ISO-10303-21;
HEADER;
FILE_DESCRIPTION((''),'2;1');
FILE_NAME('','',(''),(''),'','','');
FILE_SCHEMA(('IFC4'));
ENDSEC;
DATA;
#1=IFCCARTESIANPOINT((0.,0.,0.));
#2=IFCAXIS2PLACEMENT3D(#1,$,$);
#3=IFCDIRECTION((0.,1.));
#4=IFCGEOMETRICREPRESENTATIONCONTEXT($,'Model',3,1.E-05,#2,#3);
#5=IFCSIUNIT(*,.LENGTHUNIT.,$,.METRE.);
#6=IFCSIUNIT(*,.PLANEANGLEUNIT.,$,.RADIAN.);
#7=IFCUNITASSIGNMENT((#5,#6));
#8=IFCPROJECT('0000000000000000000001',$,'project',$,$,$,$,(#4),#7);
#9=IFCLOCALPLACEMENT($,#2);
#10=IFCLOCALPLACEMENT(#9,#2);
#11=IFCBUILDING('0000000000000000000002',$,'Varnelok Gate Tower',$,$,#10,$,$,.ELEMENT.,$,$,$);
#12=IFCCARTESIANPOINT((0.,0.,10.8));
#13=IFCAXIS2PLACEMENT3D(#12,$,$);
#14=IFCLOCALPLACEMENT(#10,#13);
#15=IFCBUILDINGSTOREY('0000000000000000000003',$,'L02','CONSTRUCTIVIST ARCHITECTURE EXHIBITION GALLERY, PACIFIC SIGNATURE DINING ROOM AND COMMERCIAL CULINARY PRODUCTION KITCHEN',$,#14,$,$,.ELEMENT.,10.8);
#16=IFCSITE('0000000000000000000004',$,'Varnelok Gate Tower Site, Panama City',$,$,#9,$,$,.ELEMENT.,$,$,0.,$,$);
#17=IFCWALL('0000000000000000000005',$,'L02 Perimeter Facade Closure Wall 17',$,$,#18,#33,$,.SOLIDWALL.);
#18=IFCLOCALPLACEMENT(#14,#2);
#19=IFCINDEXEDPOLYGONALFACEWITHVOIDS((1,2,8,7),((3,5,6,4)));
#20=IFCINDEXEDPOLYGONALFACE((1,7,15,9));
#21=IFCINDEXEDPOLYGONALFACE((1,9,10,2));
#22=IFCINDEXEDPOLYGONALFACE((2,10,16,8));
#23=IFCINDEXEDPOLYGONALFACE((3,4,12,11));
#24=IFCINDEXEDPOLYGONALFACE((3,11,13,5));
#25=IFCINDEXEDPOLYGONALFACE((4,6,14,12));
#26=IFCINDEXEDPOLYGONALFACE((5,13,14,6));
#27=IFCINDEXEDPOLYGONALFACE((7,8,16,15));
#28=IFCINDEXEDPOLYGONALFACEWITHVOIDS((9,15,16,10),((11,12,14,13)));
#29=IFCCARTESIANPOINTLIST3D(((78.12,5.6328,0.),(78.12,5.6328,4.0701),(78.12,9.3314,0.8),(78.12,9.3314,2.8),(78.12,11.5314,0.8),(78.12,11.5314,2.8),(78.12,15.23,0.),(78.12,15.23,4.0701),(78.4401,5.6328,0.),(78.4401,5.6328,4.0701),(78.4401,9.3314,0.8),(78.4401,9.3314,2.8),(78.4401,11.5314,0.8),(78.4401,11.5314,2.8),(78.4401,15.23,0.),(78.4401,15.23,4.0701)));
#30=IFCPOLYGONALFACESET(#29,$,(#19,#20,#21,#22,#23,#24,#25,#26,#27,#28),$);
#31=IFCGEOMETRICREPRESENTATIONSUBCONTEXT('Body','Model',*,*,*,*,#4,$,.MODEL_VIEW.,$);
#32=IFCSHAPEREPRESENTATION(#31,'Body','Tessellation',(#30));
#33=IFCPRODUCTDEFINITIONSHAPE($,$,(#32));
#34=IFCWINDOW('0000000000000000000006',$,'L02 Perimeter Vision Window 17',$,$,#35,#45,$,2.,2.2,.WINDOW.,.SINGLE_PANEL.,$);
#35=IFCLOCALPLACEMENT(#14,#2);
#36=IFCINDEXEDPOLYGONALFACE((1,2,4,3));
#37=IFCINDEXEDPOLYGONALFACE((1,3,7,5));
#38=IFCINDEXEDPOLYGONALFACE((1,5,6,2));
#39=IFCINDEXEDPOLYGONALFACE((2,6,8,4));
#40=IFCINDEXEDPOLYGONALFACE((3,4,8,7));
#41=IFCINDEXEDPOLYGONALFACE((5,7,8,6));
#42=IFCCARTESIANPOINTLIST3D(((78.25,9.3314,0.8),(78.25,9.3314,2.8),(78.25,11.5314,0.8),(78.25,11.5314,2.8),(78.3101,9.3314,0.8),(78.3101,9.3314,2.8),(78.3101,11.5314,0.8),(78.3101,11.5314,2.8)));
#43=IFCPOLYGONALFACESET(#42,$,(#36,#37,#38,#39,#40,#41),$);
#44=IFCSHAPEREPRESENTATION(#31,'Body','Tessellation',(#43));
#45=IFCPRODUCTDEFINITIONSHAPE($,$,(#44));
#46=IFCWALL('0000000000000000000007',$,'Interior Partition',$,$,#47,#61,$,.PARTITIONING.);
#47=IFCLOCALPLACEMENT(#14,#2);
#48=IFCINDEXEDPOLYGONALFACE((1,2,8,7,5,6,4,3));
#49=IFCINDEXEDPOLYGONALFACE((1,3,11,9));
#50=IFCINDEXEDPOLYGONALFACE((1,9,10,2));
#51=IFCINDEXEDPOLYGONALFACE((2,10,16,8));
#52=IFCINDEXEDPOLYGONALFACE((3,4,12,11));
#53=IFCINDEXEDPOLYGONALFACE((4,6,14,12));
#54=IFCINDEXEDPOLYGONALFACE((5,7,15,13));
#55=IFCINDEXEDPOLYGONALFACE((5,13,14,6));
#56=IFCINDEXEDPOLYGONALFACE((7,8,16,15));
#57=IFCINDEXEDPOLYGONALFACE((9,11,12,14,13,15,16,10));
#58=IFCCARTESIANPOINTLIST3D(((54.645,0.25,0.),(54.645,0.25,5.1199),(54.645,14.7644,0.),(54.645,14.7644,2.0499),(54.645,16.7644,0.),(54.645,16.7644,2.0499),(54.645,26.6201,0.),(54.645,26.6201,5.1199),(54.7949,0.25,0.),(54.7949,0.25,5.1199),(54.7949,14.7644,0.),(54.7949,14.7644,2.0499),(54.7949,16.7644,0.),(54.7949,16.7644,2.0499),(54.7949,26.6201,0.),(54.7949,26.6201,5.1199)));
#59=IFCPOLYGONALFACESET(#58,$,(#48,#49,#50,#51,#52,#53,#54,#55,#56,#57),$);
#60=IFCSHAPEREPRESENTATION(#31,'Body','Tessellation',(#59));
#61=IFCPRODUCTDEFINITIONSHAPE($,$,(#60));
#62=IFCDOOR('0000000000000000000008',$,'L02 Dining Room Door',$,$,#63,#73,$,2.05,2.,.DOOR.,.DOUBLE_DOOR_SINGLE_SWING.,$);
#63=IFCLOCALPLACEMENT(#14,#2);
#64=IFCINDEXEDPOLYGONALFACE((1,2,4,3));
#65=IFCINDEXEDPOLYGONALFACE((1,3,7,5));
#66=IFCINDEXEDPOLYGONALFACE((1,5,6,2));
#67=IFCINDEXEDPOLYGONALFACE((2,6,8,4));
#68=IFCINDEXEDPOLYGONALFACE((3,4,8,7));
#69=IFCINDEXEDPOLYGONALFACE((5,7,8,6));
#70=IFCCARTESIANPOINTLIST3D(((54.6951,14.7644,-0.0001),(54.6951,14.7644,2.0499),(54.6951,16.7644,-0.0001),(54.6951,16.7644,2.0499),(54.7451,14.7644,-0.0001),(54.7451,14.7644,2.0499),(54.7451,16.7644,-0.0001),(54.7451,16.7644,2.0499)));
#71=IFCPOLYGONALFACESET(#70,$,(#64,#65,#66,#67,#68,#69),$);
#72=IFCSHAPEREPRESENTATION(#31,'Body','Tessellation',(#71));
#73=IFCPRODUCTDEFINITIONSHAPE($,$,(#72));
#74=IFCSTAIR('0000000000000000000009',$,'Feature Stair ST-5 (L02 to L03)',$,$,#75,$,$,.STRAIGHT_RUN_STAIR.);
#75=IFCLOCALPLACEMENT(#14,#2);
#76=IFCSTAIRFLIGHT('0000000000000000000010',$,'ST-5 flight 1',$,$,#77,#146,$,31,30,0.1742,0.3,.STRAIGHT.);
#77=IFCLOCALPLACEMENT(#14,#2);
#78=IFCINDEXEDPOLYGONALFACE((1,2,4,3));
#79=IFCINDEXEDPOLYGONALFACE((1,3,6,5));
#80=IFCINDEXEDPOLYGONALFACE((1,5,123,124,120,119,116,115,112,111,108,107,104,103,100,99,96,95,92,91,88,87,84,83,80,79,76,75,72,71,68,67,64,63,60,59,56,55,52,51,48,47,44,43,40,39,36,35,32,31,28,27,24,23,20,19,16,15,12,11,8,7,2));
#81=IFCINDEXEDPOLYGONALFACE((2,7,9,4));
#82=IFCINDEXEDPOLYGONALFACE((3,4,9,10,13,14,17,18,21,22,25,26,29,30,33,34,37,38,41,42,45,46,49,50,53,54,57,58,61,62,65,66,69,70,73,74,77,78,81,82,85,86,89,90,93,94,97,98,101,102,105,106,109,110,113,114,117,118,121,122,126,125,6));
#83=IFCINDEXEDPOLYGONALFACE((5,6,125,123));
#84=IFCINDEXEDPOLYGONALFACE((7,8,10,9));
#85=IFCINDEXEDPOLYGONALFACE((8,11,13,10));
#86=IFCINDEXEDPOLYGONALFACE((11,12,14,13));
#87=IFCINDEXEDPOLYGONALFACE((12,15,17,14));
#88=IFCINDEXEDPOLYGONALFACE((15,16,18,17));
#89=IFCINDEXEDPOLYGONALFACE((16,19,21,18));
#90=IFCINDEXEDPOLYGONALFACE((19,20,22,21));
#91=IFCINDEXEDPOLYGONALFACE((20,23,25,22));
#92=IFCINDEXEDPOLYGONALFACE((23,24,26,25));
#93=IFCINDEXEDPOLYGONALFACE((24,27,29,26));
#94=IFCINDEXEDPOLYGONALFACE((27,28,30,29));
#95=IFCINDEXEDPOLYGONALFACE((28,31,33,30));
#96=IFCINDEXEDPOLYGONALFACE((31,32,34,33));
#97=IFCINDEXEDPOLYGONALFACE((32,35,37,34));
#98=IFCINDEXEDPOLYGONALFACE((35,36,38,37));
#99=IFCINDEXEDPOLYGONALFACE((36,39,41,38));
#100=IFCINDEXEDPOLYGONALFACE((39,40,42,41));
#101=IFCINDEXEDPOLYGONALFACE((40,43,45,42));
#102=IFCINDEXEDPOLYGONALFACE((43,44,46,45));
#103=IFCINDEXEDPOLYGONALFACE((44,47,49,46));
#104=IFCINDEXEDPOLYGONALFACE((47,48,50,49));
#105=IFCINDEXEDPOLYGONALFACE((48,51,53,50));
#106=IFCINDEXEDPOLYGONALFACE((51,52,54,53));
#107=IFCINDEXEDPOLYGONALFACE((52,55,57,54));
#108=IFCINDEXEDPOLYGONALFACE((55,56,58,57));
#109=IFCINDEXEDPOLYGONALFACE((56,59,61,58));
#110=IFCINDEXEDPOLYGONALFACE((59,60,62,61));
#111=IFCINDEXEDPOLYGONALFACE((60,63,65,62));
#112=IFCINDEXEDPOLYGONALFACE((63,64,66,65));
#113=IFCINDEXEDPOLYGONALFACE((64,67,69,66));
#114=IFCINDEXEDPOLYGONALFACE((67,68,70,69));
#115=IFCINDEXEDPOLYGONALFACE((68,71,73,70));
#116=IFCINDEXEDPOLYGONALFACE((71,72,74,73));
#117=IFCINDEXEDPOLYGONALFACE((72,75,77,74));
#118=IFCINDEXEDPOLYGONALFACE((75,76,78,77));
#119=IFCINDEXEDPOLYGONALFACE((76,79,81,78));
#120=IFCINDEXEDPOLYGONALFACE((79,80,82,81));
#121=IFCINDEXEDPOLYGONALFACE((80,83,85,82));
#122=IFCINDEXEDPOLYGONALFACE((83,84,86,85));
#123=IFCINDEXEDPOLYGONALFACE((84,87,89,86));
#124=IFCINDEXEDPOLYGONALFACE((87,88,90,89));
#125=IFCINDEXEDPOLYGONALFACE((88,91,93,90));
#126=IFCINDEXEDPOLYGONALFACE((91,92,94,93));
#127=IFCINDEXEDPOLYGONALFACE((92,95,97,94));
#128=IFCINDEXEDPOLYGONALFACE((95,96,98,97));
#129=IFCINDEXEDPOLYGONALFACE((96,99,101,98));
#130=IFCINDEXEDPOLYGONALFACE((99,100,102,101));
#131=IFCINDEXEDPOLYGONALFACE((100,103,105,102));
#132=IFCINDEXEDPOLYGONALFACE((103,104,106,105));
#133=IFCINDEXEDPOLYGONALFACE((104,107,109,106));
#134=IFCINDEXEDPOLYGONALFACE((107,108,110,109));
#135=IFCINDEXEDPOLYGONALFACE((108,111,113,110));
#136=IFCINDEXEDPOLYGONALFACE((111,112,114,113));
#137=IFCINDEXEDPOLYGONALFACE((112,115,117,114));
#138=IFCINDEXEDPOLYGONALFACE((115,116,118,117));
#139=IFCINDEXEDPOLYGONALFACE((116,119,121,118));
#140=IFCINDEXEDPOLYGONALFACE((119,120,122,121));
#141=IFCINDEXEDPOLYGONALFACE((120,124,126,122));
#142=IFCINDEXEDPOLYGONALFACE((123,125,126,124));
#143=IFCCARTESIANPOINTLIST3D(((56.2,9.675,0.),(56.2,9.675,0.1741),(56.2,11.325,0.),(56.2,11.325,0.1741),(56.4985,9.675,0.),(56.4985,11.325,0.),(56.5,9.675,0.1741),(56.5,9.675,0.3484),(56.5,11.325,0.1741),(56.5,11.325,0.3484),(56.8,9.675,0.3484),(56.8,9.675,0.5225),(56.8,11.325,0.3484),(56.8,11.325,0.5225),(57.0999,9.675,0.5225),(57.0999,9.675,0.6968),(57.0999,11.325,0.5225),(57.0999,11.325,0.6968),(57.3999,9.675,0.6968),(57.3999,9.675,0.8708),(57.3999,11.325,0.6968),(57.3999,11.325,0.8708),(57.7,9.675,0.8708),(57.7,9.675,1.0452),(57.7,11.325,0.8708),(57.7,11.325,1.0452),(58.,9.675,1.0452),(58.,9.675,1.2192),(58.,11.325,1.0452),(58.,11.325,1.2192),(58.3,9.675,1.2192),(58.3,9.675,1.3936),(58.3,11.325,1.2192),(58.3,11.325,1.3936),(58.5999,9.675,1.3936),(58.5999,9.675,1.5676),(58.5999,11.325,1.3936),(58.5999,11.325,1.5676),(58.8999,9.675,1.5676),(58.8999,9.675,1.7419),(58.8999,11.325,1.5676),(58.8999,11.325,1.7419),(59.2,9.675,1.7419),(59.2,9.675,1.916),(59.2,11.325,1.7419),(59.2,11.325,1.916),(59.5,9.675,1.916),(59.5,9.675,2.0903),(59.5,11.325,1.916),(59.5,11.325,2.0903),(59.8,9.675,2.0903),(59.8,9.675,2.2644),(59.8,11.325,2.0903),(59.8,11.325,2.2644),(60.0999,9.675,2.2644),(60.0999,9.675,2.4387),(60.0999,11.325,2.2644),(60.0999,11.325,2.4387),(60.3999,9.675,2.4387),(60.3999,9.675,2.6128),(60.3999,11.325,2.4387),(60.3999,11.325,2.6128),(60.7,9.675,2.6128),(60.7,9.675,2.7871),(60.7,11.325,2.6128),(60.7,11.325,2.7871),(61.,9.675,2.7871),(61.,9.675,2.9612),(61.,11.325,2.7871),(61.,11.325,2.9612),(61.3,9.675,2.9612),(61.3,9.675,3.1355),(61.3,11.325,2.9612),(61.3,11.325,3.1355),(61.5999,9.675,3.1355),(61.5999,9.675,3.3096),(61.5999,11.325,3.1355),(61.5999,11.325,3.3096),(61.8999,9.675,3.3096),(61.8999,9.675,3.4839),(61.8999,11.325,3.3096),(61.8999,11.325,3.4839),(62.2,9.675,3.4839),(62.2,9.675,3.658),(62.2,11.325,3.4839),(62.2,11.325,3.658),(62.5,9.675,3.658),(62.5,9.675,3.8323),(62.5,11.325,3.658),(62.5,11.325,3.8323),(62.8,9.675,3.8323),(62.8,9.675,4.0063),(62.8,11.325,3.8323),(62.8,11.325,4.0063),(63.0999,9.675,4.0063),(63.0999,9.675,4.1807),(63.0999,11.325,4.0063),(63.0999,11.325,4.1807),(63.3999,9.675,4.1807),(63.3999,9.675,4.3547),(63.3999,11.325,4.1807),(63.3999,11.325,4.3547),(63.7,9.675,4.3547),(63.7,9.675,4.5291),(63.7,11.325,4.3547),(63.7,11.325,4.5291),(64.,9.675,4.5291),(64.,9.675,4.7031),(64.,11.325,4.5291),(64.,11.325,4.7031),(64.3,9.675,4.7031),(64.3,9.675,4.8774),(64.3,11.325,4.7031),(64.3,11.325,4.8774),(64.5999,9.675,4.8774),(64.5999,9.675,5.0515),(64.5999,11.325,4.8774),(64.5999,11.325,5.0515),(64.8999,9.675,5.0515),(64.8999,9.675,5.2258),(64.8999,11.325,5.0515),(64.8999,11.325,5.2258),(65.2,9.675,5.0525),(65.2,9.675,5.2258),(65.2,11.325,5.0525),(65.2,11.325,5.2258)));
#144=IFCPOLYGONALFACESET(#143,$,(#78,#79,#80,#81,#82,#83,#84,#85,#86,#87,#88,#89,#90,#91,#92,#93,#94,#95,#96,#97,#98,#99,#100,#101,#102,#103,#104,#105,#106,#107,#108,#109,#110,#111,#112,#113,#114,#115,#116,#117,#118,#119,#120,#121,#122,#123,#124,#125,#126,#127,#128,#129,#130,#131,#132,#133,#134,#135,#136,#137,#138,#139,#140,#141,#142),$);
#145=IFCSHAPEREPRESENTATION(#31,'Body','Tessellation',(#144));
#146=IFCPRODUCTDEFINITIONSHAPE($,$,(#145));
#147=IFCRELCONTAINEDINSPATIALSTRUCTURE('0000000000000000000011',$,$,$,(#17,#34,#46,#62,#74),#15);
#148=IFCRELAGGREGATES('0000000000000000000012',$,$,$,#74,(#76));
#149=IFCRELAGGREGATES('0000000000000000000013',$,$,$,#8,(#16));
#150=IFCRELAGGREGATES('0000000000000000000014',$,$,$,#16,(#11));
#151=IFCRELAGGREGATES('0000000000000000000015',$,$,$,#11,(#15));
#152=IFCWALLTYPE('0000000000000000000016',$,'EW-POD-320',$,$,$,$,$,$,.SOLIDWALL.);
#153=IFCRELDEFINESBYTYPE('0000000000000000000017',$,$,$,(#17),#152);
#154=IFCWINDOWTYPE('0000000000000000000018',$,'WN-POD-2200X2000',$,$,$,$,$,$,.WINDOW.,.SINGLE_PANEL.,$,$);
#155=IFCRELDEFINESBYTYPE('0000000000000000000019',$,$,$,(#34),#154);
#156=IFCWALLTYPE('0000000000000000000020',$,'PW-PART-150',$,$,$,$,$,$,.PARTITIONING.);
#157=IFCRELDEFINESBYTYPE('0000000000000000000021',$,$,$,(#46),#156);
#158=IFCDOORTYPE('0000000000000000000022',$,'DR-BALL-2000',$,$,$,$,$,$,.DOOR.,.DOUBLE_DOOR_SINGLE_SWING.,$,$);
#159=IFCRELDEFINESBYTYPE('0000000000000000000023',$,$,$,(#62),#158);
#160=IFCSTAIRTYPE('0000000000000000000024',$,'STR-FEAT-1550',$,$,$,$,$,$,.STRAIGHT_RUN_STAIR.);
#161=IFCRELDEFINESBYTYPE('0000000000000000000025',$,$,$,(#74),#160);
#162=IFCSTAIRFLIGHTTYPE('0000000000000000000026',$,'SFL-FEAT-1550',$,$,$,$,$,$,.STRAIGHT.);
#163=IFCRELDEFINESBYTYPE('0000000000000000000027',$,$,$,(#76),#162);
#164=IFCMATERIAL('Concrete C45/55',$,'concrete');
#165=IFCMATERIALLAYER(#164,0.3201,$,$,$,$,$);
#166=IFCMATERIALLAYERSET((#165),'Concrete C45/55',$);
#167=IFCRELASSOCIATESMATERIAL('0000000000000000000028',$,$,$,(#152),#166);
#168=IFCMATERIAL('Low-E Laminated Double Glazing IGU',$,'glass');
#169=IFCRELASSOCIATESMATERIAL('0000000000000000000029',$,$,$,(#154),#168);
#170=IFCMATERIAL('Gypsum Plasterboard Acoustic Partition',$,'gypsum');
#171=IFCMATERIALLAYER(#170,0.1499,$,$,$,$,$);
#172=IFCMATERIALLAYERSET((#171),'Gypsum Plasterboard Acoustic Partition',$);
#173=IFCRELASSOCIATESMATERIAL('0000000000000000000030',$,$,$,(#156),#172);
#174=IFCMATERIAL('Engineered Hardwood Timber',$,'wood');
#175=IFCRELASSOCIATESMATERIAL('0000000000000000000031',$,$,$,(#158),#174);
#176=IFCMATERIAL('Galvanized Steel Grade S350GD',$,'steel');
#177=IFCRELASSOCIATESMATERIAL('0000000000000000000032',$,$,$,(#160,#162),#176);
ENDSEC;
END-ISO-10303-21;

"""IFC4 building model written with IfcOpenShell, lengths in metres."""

from ifc_helpers import new_model, si_unit, direction, frame, frame_2d, origin, place, context, subcontext, project, spatial, polyline, rectangle, outline, extrude, material, layer, layer_set, type_object, element, fill, aggregate, save


model = new_model("IFC4")

# Units and contexts
model_context = context("Model", 3, precision=1e-05, world=origin(), true_north=direction((0.0, 1.0)))
body_context = subcontext(model_context, "Body", "Model", "MODEL_VIEW")
ifc_project = project(units=[si_unit("LENGTHUNIT", "METRE"), si_unit("PLANEANGLEUNIT", "RADIAN")], contexts=[model_context])

# Site, building, storey
site_placement = place(None, origin())
site = spatial("IfcSite", under=ifc_project, at=site_placement, Name="Varnelok Gate Tower Site, Panama City", CompositionType="ELEMENT", RefElevation=0.0)
building_placement = place(site_placement, origin())
building = spatial("IfcBuilding", under=site, at=building_placement, Name="Varnelok Gate Tower", CompositionType="ELEMENT")
storey_placement = place(building_placement, frame((0.0, 0.0, 10.8)))
storey = spatial("IfcBuildingStorey", under=building, at=storey_placement, Name="L02", Description="CONSTRUCTIVIST ARCHITECTURE EXHIBITION GALLERY, PACIFIC SIGNATURE DINING ROOM AND COMMERCIAL CULINARY PRODUCTION KITCHEN", CompositionType="ELEMENT", Elevation=10.8)

# Shared definitions
ifc_material_1 = material(Name="Low-E Laminated Double Glazing IGU", Category="glass")

# Shared definitions
ifc_material_2 = material(Name="Concrete C45/55", Category="concrete")
ifc_layer_1 = layer(ifc_material_2, 0.3201)
ifc_layer_set_1 = layer_set([ifc_layer_1], Name="Concrete C45/55")
wall_type_1 = type_object("IfcWallType", Name="EW-POD-320", PredefinedType="SOLIDWALL", material=ifc_layer_set_1)

# Wall, opening, window
wall_1_placement = place(storey_placement, frame((78.28, 5.6328, 0.0), z_axis=(0.0, 0.0, 1.0), x_axis=(0.0, 1.0, 0.0)))
wall_1 = element("IfcWall", 1, at=wall_1_placement, inside=storey, type_object=wall_type_1, Name="L02 Perimeter Facade Closure Wall 17", PredefinedType="SOLIDWALL", context=body_context, shape_type="SweptSolid", body=[
    extrude(rectangle(XDim=9.5972, YDim=0.3201, at=frame_2d((4.7986, 0.0))), origin(), (0.0, 0.0, 1.0), 4.0701),
])
opening_1_placement = place(wall_1_placement, frame((3.6985, 0.0, 0.8)))
opening_1 = element("IfcOpeningElement", 2, at=opening_1_placement, cuts=wall_1, PredefinedType="OPENING", context=body_context, shape_type="SweptSolid", body=[
    extrude(rectangle(XDim=2.2, YDim=2.0, at=frame_2d((1.1001, 1.0))), frame((0.0, 0.1699, 0.0), z_axis=(0.0, -1.0, 0.0), x_axis=(1.0, 0.0, 0.0)), (0.0, 0.0, 1.0), 0.3401),
])
window_type_1 = type_object("IfcWindowType", Name="WN-POD-2200X2000", PartitioningType="SINGLE_PANEL", PredefinedType="WINDOW", material=ifc_material_1)
window_1_placement = place(opening_1_placement, origin())
window_1 = element("IfcWindow", 3, at=window_1_placement, inside=storey, type_object=window_type_1, Name="L02 Perimeter Vision Window 17", OverallHeight=2.0, OverallWidth=2.2, PartitioningType="SINGLE_PANEL", PredefinedType="WINDOW", context=body_context, shape_type="SweptSolid", body=[
    extrude(rectangle(XDim=2.2, YDim=2.0, at=frame_2d((1.1001, 1.0))), frame((0.0, 0.03, 0.0), z_axis=(0.0, -1.0, 0.0), x_axis=(1.0, 0.0, 0.0)), (0.0, 0.0, 1.0), 0.0601),
])
fill(opening_1, window_1)

# Wall, opening, door
ifc_material_3 = material(Name="Gypsum Plasterboard Acoustic Partition", Category="gypsum")
ifc_layer_2 = layer(ifc_material_3, 0.1499)
ifc_layer_set_2 = layer_set([ifc_layer_2], Name="Gypsum Plasterboard Acoustic Partition")
wall_type_2 = type_object("IfcWallType", Name="PW-PART-150", PredefinedType="PARTITIONING", material=ifc_layer_set_2)
wall_2_placement = place(storey_placement, frame((54.72, 0.25, 0.0), z_axis=(0.0, 0.0, 1.0), x_axis=(0.0, 1.0, 0.0)))
wall_2 = element("IfcWall", 4, at=wall_2_placement, inside=storey, type_object=wall_type_2, Name="Interior Partition", PredefinedType="PARTITIONING", context=body_context, shape_type="SweptSolid", body=[
    extrude(rectangle(XDim=26.3701, YDim=0.1499, at=frame_2d((13.1851, 0.0))), origin(), (0.0, 0.0, 1.0), 5.1199),
])
opening_2_placement = place(wall_2_placement, frame((14.5144, 0.0, 0.0)))
opening_2 = element("IfcOpeningElement", 5, at=opening_2_placement, cuts=wall_2, PredefinedType="OPENING", context=body_context, shape_type="SweptSolid", body=[
    extrude(rectangle(XDim=2.0, YDim=2.05, at=frame_2d((1.0, 1.0249))), frame((0.0, 0.085, 0.0), z_axis=(0.0, -1.0, 0.0), x_axis=(1.0, 0.0, 0.0)), (0.0, 0.0, 1.0), 0.1699),
])
ifc_material_4 = material(Name="Engineered Hardwood Timber", Category="wood")
door_type = type_object("IfcDoorType", Name="DR-BALL-2000", OperationType="DOUBLE_DOOR_SINGLE_SWING", PredefinedType="DOOR", material=ifc_material_4)
door_placement = place(opening_2_placement, origin())
door = element("IfcDoor", 6, at=door_placement, inside=storey, type_object=door_type, Name="L02 Dining Room Door", OperationType="DOUBLE_DOOR_SINGLE_SWING", OverallHeight=2.05, OverallWidth=2.0, PredefinedType="DOOR", context=body_context, shape_type="SweptSolid", body=[
    extrude(rectangle(XDim=2.0, YDim=2.05, at=frame_2d((1.0, 1.0249))), frame((0.0, 0.0249, 0.0), z_axis=(0.0, -1.0, 0.0), x_axis=(1.0, 0.0, 0.0)), (0.0, 0.0, 1.0), 0.05),
])
fill(opening_2, door)

# Stair, stair flight
ifc_material_5 = material(Name="Galvanized Steel Grade S350GD", Category="steel")
stair_type = type_object("IfcStairType", Name="STR-FEAT-1550", PredefinedType="STRAIGHT_RUN_STAIR", material=ifc_material_5)
stair_placement = place(storey_placement, origin())
stair = element("IfcStair", 7, at=stair_placement, inside=storey, type_object=stair_type, Name="Feature Stair ST-5 (L02 to L03)", PredefinedType="STRAIGHT_RUN_STAIR")
stair_flight_type = type_object("IfcStairFlightType", Name="SFL-FEAT-1550", PredefinedType="STRAIGHT", material=ifc_material_5)
stair_flight_placement = place(storey_placement, frame((56.2, 10.5, 0.0), z_axis=(0.0, 0.0, 1.0), x_axis=(1.0, 0.0, 0.0)))
stair_flight = element("IfcStairFlight", 8, at=stair_flight_placement, type_object=stair_flight_type, Name="ST-5 flight 1", NumberOfRisers=31, NumberOfTreads=30, PredefinedType="STRAIGHT", RiserHeight=0.1742, TreadLength=0.3, context=body_context, shape_type="SweptSolid", body=[
    extrude(outline(polyline([(0.0, 0.0), (0.0, 0.1741), (0.3, 0.1741), (0.3, 0.3484), (0.6001, 0.3484), (0.6001, 0.5225), (0.8999, 0.5225), (0.8999, 0.6968), (1.2, 0.6968), (1.2, 0.8708), (1.5, 0.8708), (1.5, 1.0452), (1.8, 1.0452), (1.8, 1.2192), (2.1001, 1.2192), (2.1001, 1.3936), (2.3999, 1.3936), (2.3999, 1.5676), (2.7, 1.5676), (2.7, 1.7419), (3.0, 1.7419), (3.0, 1.916), (3.3, 1.916), (3.3, 2.0903), (3.6001, 2.0903), (3.6001, 2.2644), (3.8999, 2.2644), (3.8999, 2.4387), (4.2, 2.4387), (4.2, 2.6128), (4.5, 2.6128), (4.5, 2.7871), (4.8, 2.7871), (4.8, 2.9612), (5.1001, 2.9612), (5.1001, 3.1355), (5.3999, 3.1355), (5.3999, 3.3096), (5.7, 3.3096), (5.7, 3.4839), (6.0, 3.4839), (6.0, 3.658), (6.3, 3.658), (6.3, 3.8323), (6.6001, 3.8323), (6.6001, 4.0063), (6.8999, 4.0063), (6.8999, 4.1807), (7.2, 4.1807), (7.2, 4.3547), (7.5, 4.3547), (7.5, 4.5291), (7.8, 4.5291), (7.8, 4.7031), (8.1001, 4.7031), (8.1001, 4.8774), (8.3999, 4.8774), (8.3999, 5.0515), (8.7, 5.0515), (8.7, 5.2258), (9.0, 5.2258), (9.0, 5.3999), (9.0, 5.0525), (0.2986, 0.0), (0.0, 0.0)])), frame((0.0, 0.825, 0.0), z_axis=(0.0, -1.0, 0.0), x_axis=(1.0, 0.0, 0.0)), (0.0, 0.0, 1.0), 1.6499),
])
aggregate(stair, [stair_flight])

save(model, "model.ifc")
